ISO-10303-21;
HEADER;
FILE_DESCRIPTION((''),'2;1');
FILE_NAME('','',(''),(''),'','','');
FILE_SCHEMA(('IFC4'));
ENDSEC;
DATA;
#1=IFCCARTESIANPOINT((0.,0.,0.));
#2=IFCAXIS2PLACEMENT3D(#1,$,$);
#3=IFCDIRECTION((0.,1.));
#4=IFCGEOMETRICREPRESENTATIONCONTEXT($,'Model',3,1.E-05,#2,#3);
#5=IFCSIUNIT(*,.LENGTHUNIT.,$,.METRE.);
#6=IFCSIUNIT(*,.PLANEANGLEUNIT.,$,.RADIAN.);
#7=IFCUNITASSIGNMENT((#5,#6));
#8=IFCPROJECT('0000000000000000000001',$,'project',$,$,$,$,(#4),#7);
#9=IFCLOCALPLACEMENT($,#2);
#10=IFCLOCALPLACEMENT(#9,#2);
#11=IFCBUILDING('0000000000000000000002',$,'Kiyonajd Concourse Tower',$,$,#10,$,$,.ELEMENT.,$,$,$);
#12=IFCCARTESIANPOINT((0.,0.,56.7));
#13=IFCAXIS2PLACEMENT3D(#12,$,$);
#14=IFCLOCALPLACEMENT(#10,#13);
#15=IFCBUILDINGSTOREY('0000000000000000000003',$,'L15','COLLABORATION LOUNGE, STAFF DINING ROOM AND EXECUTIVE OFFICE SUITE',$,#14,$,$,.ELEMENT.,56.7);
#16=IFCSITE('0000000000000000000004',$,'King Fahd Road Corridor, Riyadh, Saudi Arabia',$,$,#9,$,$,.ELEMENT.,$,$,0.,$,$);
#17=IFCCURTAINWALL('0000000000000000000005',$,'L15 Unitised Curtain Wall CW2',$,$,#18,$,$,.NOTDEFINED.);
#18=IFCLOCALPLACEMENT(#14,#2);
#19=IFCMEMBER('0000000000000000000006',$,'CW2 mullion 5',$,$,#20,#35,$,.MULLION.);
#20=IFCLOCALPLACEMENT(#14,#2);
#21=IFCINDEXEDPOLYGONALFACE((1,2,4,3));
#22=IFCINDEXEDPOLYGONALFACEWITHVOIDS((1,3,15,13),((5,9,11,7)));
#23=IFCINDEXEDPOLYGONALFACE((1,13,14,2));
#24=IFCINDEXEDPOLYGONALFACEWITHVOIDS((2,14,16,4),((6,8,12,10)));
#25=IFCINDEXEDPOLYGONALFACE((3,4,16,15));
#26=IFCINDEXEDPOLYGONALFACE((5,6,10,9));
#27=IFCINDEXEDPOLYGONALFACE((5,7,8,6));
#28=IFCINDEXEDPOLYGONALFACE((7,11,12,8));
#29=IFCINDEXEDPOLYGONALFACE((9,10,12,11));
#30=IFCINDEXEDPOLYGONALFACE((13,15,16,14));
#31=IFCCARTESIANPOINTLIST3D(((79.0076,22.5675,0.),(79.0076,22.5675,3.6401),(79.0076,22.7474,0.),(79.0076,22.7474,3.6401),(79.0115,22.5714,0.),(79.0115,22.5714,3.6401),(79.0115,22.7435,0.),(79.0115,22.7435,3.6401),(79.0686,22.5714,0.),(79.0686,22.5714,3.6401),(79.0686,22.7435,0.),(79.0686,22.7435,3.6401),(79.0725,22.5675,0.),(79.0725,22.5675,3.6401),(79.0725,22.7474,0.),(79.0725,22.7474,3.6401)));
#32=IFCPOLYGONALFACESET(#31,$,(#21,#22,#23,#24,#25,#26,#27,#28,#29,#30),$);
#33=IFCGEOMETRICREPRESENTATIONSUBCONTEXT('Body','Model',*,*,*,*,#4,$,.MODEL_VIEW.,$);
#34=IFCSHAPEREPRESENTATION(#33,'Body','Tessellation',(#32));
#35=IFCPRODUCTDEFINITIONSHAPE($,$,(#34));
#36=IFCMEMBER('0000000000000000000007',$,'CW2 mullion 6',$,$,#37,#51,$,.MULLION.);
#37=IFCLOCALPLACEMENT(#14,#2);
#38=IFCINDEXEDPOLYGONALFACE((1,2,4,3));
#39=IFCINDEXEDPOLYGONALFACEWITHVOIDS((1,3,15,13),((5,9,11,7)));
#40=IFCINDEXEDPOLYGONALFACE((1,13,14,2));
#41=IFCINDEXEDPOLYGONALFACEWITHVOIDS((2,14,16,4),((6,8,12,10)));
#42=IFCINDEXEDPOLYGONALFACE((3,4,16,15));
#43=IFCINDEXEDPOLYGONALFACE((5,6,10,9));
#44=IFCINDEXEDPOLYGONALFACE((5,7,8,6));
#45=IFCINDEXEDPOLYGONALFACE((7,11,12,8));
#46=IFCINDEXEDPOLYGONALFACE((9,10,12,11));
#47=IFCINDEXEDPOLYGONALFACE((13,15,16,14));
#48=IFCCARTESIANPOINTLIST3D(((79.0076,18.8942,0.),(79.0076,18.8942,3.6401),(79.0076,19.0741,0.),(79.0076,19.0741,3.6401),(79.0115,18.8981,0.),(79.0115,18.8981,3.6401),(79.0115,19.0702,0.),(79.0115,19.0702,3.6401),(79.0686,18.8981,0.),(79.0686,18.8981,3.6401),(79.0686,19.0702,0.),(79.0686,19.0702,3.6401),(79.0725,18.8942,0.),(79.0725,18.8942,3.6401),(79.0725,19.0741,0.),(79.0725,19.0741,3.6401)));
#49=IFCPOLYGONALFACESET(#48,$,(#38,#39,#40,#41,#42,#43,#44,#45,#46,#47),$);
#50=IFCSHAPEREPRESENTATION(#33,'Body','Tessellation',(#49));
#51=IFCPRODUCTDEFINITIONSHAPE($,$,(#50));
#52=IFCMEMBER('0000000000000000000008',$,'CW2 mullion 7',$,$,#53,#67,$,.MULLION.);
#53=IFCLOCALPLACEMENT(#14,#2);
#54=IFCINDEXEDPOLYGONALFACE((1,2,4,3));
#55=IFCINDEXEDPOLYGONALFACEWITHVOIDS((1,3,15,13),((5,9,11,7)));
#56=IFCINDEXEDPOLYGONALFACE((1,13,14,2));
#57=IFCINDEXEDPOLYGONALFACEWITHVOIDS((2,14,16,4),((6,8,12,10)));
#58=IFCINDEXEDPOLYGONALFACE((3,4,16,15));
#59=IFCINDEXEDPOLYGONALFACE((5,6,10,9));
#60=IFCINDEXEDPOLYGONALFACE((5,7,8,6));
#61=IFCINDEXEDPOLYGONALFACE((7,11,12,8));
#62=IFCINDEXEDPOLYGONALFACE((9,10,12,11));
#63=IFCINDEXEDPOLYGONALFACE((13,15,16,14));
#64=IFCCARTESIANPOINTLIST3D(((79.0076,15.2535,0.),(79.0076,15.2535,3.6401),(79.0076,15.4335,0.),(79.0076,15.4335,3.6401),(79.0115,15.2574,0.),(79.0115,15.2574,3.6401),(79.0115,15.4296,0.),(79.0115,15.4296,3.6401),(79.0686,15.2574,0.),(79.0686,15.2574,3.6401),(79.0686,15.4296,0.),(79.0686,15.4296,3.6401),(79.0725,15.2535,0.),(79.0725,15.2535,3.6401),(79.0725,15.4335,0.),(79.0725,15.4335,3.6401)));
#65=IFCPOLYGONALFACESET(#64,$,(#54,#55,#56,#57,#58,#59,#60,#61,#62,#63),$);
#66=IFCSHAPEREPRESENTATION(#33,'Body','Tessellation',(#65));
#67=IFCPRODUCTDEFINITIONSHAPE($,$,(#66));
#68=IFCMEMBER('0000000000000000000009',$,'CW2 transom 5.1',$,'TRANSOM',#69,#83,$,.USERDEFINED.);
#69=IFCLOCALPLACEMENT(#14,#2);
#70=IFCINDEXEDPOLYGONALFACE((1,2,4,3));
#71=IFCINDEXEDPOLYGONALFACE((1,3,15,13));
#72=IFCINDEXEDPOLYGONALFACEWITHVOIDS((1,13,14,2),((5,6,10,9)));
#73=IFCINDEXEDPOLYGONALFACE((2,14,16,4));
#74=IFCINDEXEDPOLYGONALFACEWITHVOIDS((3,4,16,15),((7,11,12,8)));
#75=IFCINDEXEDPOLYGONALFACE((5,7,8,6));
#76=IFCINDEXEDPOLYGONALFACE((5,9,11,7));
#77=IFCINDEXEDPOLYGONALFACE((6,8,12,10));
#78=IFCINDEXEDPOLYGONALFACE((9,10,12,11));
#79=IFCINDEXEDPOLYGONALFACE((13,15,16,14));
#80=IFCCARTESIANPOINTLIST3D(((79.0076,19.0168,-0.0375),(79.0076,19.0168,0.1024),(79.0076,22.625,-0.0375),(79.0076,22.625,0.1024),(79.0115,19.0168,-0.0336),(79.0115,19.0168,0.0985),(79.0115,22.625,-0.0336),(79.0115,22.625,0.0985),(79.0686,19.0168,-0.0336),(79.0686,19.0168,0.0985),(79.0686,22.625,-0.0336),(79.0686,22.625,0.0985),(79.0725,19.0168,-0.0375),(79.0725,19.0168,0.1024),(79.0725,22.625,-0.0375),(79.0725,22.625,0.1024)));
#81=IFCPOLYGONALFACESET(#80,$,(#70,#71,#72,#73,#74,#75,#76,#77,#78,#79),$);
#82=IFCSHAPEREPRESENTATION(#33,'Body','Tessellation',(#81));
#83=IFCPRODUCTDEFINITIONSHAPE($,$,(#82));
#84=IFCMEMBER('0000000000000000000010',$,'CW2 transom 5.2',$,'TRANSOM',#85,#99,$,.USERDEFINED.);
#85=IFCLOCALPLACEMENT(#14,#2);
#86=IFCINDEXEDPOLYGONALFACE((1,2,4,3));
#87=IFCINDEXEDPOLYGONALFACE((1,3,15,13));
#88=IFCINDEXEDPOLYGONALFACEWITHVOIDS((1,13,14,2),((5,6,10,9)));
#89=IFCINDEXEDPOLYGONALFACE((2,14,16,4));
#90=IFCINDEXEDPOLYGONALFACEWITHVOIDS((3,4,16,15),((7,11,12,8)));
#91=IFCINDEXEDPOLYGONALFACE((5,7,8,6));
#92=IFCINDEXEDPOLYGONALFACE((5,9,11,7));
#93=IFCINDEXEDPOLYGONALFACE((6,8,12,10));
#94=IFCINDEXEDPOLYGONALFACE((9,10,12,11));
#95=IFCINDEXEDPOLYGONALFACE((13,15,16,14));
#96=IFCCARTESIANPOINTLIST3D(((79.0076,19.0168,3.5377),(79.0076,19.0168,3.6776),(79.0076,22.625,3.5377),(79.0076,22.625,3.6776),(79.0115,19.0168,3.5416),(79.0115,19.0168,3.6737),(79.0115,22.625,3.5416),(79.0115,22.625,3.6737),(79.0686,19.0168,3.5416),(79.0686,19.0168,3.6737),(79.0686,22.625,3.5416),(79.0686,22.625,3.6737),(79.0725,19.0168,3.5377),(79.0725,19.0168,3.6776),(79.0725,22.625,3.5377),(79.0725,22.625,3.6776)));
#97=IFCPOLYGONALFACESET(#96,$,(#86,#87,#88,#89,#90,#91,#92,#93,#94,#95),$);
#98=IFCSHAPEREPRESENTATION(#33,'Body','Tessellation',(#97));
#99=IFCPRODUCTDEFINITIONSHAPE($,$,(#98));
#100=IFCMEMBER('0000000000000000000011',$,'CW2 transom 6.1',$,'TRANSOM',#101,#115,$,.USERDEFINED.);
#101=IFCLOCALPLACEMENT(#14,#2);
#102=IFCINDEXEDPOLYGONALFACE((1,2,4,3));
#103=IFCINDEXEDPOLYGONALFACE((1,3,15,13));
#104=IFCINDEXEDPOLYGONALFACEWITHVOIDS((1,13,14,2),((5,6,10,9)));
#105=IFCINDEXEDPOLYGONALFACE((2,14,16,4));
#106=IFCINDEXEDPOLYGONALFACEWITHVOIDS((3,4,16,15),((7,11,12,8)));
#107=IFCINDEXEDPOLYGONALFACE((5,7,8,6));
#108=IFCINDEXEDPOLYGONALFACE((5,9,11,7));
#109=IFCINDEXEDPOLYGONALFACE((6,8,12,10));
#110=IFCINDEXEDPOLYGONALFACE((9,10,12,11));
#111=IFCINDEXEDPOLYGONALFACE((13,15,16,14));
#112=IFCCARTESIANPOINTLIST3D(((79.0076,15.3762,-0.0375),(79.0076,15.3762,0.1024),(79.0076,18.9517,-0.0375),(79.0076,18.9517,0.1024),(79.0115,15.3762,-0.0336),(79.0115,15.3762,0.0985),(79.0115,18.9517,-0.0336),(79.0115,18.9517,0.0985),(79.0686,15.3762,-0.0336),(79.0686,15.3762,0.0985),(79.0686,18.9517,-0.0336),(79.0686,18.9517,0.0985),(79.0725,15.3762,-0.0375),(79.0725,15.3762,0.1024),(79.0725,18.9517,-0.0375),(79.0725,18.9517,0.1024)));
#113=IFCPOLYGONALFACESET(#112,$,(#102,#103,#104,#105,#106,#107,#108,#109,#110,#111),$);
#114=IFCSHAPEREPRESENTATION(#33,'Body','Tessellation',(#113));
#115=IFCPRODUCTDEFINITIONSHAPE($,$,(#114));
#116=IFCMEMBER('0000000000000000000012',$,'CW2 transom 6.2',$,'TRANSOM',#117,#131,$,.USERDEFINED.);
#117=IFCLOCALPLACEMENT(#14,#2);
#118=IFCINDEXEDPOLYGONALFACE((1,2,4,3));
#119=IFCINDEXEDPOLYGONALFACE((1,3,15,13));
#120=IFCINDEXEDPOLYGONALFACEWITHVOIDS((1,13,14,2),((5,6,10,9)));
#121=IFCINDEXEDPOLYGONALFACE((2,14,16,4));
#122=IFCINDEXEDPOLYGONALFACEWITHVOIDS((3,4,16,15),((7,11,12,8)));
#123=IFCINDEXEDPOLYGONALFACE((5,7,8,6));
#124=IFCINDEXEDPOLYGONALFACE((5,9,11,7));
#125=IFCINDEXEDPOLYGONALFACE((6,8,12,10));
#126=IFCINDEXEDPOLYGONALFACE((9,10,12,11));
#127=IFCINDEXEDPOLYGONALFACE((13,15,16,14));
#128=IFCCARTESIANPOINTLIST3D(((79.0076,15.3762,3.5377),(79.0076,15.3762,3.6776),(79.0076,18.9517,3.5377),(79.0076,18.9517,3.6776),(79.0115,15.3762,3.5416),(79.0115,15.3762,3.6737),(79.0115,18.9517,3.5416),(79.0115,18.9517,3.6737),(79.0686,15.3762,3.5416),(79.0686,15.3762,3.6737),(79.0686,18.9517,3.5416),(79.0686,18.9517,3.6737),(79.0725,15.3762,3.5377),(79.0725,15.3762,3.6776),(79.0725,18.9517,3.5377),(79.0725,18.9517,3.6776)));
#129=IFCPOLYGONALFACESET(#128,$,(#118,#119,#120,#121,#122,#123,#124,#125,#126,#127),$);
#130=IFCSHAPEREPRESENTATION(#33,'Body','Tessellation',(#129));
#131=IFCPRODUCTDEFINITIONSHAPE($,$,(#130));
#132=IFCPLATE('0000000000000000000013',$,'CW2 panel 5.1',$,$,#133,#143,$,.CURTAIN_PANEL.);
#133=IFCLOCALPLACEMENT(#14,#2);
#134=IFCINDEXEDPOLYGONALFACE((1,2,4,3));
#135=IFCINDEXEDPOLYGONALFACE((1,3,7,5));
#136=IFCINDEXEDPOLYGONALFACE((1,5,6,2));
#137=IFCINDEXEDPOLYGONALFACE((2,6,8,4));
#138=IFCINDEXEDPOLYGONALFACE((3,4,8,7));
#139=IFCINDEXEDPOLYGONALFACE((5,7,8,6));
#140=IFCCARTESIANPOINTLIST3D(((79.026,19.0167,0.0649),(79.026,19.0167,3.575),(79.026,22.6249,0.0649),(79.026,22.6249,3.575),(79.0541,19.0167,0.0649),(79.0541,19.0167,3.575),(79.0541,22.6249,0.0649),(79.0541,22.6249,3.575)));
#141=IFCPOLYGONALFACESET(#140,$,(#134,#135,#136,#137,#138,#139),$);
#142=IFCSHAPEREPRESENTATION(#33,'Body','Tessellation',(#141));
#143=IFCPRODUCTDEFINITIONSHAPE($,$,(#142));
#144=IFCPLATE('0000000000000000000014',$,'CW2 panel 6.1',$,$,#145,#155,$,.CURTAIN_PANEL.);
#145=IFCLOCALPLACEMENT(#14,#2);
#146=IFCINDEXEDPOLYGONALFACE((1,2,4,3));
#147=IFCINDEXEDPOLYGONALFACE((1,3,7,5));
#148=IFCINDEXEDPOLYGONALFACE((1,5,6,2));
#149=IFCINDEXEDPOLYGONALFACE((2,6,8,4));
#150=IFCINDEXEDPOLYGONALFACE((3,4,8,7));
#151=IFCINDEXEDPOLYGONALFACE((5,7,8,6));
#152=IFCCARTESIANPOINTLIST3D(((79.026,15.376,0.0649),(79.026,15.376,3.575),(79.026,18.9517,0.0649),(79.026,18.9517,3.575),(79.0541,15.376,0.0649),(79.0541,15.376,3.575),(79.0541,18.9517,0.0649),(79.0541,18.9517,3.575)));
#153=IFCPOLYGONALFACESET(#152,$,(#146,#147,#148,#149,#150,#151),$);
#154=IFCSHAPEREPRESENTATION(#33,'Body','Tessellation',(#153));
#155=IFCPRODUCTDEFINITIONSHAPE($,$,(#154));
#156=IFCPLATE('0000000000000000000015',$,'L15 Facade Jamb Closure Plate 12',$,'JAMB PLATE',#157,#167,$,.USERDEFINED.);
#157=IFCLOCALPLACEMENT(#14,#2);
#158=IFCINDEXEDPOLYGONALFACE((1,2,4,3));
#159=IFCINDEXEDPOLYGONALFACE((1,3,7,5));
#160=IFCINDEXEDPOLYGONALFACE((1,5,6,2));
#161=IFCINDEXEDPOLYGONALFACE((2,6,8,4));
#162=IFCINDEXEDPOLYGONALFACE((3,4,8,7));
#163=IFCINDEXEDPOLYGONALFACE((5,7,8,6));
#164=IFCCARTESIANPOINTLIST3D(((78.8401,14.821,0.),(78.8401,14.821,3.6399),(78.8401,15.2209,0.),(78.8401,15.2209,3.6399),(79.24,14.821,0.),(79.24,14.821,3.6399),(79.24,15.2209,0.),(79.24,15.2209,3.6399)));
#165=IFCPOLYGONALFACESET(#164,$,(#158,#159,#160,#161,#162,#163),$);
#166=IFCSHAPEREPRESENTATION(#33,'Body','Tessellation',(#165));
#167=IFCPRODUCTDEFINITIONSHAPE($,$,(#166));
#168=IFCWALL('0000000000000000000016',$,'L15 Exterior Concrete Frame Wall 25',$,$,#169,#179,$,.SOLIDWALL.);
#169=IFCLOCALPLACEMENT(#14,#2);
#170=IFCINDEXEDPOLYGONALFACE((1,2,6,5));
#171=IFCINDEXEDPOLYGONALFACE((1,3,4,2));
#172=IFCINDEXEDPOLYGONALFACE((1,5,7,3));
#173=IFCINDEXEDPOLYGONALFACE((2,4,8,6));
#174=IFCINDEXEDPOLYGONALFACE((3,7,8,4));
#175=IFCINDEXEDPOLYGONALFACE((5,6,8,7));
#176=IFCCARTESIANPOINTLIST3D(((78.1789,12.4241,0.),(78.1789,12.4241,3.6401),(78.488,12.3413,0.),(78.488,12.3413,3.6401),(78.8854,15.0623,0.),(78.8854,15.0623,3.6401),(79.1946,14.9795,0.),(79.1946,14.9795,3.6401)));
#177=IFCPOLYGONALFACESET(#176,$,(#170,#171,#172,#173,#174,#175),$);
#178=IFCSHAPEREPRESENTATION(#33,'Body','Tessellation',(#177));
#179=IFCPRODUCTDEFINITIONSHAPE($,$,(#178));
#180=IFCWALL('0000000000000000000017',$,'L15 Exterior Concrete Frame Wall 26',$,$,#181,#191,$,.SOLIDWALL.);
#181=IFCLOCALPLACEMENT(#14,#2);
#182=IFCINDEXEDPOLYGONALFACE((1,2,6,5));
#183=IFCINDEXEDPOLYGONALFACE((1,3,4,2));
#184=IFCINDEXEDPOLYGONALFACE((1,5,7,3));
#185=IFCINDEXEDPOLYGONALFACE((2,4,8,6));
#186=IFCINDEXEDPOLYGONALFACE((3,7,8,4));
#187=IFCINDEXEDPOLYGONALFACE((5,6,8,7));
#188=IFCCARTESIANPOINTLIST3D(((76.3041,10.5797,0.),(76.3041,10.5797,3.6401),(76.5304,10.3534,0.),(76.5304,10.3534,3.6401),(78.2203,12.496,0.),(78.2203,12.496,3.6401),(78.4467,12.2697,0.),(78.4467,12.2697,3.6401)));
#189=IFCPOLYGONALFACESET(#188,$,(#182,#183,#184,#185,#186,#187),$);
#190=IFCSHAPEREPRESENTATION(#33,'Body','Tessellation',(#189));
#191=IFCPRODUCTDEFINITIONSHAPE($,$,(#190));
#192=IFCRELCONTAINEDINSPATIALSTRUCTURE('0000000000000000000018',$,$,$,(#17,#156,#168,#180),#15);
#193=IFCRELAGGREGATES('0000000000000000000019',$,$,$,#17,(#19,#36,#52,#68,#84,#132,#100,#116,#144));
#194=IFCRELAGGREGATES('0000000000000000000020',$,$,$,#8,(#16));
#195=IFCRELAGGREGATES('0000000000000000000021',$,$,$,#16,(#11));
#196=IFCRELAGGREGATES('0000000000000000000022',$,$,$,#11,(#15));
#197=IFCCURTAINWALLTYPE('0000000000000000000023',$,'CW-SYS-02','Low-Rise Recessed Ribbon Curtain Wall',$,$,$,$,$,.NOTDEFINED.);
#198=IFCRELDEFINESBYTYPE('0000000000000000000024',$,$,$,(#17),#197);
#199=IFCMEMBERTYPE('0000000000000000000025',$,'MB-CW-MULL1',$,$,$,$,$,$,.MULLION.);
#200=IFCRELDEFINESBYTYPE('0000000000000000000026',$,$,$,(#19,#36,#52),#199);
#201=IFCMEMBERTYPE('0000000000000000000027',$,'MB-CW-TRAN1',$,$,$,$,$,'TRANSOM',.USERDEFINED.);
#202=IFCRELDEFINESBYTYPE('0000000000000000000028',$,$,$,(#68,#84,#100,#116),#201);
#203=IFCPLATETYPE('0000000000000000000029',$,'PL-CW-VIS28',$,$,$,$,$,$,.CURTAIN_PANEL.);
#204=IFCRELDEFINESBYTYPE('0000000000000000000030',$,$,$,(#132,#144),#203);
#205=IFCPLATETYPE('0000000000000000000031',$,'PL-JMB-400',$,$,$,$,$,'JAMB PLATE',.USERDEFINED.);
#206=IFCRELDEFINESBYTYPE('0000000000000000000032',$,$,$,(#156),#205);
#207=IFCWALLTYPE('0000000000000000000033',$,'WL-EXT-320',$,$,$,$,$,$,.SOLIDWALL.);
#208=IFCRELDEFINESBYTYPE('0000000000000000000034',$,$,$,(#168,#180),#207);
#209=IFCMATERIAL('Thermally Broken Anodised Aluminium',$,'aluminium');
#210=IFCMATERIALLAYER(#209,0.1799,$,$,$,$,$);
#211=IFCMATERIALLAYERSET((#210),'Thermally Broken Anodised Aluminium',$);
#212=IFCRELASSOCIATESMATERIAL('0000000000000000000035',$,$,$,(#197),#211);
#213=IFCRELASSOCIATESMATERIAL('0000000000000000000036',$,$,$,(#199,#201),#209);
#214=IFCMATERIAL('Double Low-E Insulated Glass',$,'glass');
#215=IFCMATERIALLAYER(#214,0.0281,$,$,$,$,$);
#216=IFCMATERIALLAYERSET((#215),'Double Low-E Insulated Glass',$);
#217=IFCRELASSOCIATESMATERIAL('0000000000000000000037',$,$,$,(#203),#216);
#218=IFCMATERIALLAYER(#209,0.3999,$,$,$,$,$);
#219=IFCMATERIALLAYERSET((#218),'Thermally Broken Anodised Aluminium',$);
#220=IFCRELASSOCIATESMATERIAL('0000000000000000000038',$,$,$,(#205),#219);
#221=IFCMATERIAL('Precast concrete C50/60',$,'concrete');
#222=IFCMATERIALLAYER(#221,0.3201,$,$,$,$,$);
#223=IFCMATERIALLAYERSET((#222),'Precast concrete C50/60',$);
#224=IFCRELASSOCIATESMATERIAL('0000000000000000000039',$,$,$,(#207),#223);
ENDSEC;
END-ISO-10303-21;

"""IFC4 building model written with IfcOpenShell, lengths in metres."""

from ifc_helpers import new_model, si_unit, direction, frame, frame_2d, origin, origin_2d, place, context, subcontext, project, spatial, rectangle, hollow_rectangle, extrude, material, layer, layer_set, material_profile, profile_set, type_object, element, aggregate, save


model = new_model("IFC4")

# Units and contexts
model_context = context("Model", 3, precision=1e-05, world=origin(), true_north=direction((0.0, 1.0)))
body_context = subcontext(model_context, "Body", "Model", "MODEL_VIEW")
ifc_project = project(units=[si_unit("LENGTHUNIT", "METRE"), si_unit("PLANEANGLEUNIT", "RADIAN")], contexts=[model_context])

# Site, building, storey
site_placement = place(None, origin())
site = spatial("IfcSite", under=ifc_project, at=site_placement, Name="King Fahd Road Corridor, Riyadh, Saudi Arabia", CompositionType="ELEMENT", RefElevation=0.0)
building_placement = place(site_placement, origin())
building = spatial("IfcBuilding", under=site, at=building_placement, Name="Kiyonajd Concourse Tower", CompositionType="ELEMENT")
storey_placement = place(building_placement, frame((0.0, 0.0, 56.7)))
storey = spatial("IfcBuildingStorey", under=building, at=storey_placement, Name="L15", Description="COLLABORATION LOUNGE, STAFF DINING ROOM AND EXECUTIVE OFFICE SUITE", CompositionType="ELEMENT", Elevation=56.7)

# Shared definitions
ifc_material_1 = material(Name="Precast concrete C50/60", Category="concrete")

# Curtain wall, members, plates
ifc_material_2 = material(Name="Thermally Broken Anodised Aluminium", Category="aluminium")
ifc_layer_1 = layer(ifc_material_2, 0.1799)
ifc_layer_set_1 = layer_set([ifc_layer_1], Name="Thermally Broken Anodised Aluminium")
curtain_wall_type = type_object("IfcCurtainWallType", Name="CW-SYS-02", Description="Low-Rise Recessed Ribbon Curtain Wall", PredefinedType="NOTDEFINED", material=ifc_layer_set_1)
curtain_wall_placement = place(storey_placement, origin())
curtain_wall = element("IfcCurtainWall", 1, at=curtain_wall_placement, inside=storey, type_object=curtain_wall_type, Name="L15 Unitised Curtain Wall CW2", PredefinedType="NOTDEFINED")
ifc_material_profile_1 = material_profile(ifc_material_2, hollow_rectangle(XDim=0.0649, YDim=0.1799, WallThickness=0.0039, at=origin_2d()), Name="MULL-65x180")
ifc_profile_set_1 = profile_set([ifc_material_profile_1], Name="Thermally Broken Anodised Aluminium")
member_type_1 = type_object("IfcMemberType", Name="MB-CW-MULL1", PredefinedType="MULLION", material=ifc_profile_set_1)
member_1_placement = place(storey_placement, frame((79.04, 22.6575, 0.0), z_axis=(0.0, 0.0, 1.0), x_axis=(1.0, 0.0, 0.0)))
member_1 = element("IfcMember", 2, at=member_1_placement, type_object=member_type_1, Name="CW2 mullion 5", PredefinedType="MULLION", context=body_context, shape_type="SweptSolid", body=[
    extrude(hollow_rectangle(XDim=0.0649, YDim=0.1799, WallThickness=0.0039, at=origin_2d()), origin(), (0.0, 0.0, 1.0), 3.6401),
])
member_2_placement = place(storey_placement, frame((79.04, 18.9841, 0.0), z_axis=(0.0, 0.0, 1.0), x_axis=(1.0, 0.0, 0.0)))
member_2 = element("IfcMember", 3, at=member_2_placement, type_object=member_type_1, Name="CW2 mullion 6", PredefinedType="MULLION", context=body_context, shape_type="SweptSolid", body=[
    extrude(hollow_rectangle(XDim=0.0649, YDim=0.1799, WallThickness=0.0039, at=origin_2d()), origin(), (0.0, 0.0, 1.0), 3.6401),
])
member_3_placement = place(storey_placement, frame((79.04, 15.3435, 0.0), z_axis=(0.0, 0.0, 1.0), x_axis=(1.0, 0.0, 0.0)))
member_3 = element("IfcMember", 4, at=member_3_placement, type_object=member_type_1, Name="CW2 mullion 7", PredefinedType="MULLION", context=body_context, shape_type="SweptSolid", body=[
    extrude(hollow_rectangle(XDim=0.0649, YDim=0.1799, WallThickness=0.0039, at=origin_2d()), origin(), (0.0, 0.0, 1.0), 3.6401),
])
ifc_material_profile_2 = material_profile(ifc_material_2, hollow_rectangle(XDim=0.0649, YDim=0.1399, WallThickness=0.0039, at=origin_2d()), Name="TRAN-65x140")
ifc_profile_set_2 = profile_set([ifc_material_profile_2], Name="Thermally Broken Anodised Aluminium")
member_type_2 = type_object("IfcMemberType", Name="MB-CW-TRAN1", ElementType="TRANSOM", PredefinedType="USERDEFINED", material=ifc_profile_set_2)
member_4_placement = place(storey_placement, frame((79.04, 22.625, 0.0325), z_axis=(0.0, -1.0, 0.0), x_axis=(1.0, 0.0, 0.0)))
member_4 = element("IfcMember", 5, at=member_4_placement, type_object=member_type_2, Name="CW2 transom 5.1", ObjectType="TRANSOM", PredefinedType="USERDEFINED", context=body_context, shape_type="SweptSolid", body=[
    extrude(hollow_rectangle(XDim=0.0649, YDim=0.1399, WallThickness=0.0039, at=origin_2d()), origin(), (0.0, 0.0, 1.0), 3.6082),
])
member_5_placement = place(storey_placement, frame((79.04, 22.625, 3.6077), z_axis=(0.0, -1.0, 0.0), x_axis=(1.0, 0.0, 0.0)))
member_5 = element("IfcMember", 6, at=member_5_placement, type_object=member_type_2, Name="CW2 transom 5.2", ObjectType="TRANSOM", PredefinedType="USERDEFINED", context=body_context, shape_type="SweptSolid", body=[
    extrude(hollow_rectangle(XDim=0.0649, YDim=0.1399, WallThickness=0.0039, at=origin_2d()), origin(), (0.0, 0.0, 1.0), 3.6082),
])
member_6_placement = place(storey_placement, frame((79.04, 18.9517, 0.0325), z_axis=(0.0, -1.0, 0.0), x_axis=(1.0, 0.0, 0.0)))
member_6 = element("IfcMember", 7, at=member_6_placement, type_object=member_type_2, Name="CW2 transom 6.1", ObjectType="TRANSOM", PredefinedType="USERDEFINED", context=body_context, shape_type="SweptSolid", body=[
    extrude(hollow_rectangle(XDim=0.0649, YDim=0.1399, WallThickness=0.0039, at=origin_2d()), origin(), (0.0, 0.0, 1.0), 3.5754),
])
member_7_placement = place(storey_placement, frame((79.04, 18.9517, 3.6077), z_axis=(0.0, -1.0, 0.0), x_axis=(1.0, 0.0, 0.0)))
member_7 = element("IfcMember", 8, at=member_7_placement, type_object=member_type_2, Name="CW2 transom 6.2", ObjectType="TRANSOM", PredefinedType="USERDEFINED", context=body_context, shape_type="SweptSolid", body=[
    extrude(hollow_rectangle(XDim=0.0649, YDim=0.1399, WallThickness=0.0039, at=origin_2d()), origin(), (0.0, 0.0, 1.0), 3.5754),
])
ifc_material_3 = material(Name="Double Low-E Insulated Glass", Category="glass")
ifc_layer_2 = layer(ifc_material_3, 0.0281)
ifc_layer_set_2 = layer_set([ifc_layer_2], Name="Double Low-E Insulated Glass")
plate_type_1 = type_object("IfcPlateType", Name="PL-CW-VIS28", PredefinedType="CURTAIN_PANEL", material=ifc_layer_set_2)
plate_1_placement = place(storey_placement, frame((79.04, 20.8208, 0.0649), z_axis=(0.0, 0.0, 1.0), x_axis=(0.0, -1.0, 0.0)))
plate_1 = element("IfcPlate", 9, at=plate_1_placement, type_object=plate_type_1, Name="CW2 panel 5.1", PredefinedType="CURTAIN_PANEL", context=body_context, shape_type="SweptSolid", body=[
    extrude(rectangle(XDim=3.6082, YDim=0.0281, at=origin_2d()), origin(), (0.0, 0.0, 1.0), 3.51),
])
plate_2_placement = place(storey_placement, frame((79.04, 17.1638, 0.0649), z_axis=(0.0, 0.0, 1.0), x_axis=(0.0, -1.0, 0.0)))
plate_2 = element("IfcPlate", 10, at=plate_2_placement, type_object=plate_type_1, Name="CW2 panel 6.1", PredefinedType="CURTAIN_PANEL", context=body_context, shape_type="SweptSolid", body=[
    extrude(rectangle(XDim=3.5757, YDim=0.0281, at=origin_2d()), origin(), (0.0, 0.0, 1.0), 3.51),
])
aggregate(curtain_wall, [member_1, member_2, member_3, member_4, member_5, plate_1, member_6, member_7, plate_2])

# Plate
ifc_layer_3 = layer(ifc_material_2, 0.3999)
ifc_layer_set_3 = layer_set([ifc_layer_3], Name="Thermally Broken Anodised Aluminium")
plate_type_2 = type_object("IfcPlateType", Name="PL-JMB-400", ElementType="JAMB PLATE", PredefinedType="USERDEFINED", material=ifc_layer_set_3)
plate_3_placement = place(storey_placement, frame((79.04, 15.021, 0.0), z_axis=(0.0, 0.0, 1.0), x_axis=(1.0, 0.0, 0.0)))
element("IfcPlate", 11, at=plate_3_placement, inside=storey, type_object=plate_type_2, Name="L15 Facade Jamb Closure Plate 12", ObjectType="JAMB PLATE", PredefinedType="USERDEFINED", context=body_context, shape_type="SweptSolid", body=[
    extrude(rectangle(XDim=0.3999, YDim=0.3999, at=origin_2d()), origin(), (0.0, 0.0, 1.0), 3.6399),
])

# Walls
ifc_layer_4 = layer(ifc_material_1, 0.3201)
ifc_layer_set_4 = layer_set([ifc_layer_4], Name="Precast concrete C50/60")
wall_type_1 = type_object("IfcWallType", Name="WL-EXT-320", PredefinedType="SOLIDWALL", material=ifc_layer_set_4)
wall_1_placement = place(storey_placement, frame((79.04, 15.021, 0.0), z_axis=(0.0, 0.0, 1.0), x_axis=(-0.258697, -0.965958, 0.0)))
element("IfcWall", 12, at=wall_1_placement, inside=storey, type_object=wall_type_1, Name="L15 Exterior Concrete Frame Wall 25", PredefinedType="SOLIDWALL", context=body_context, shape_type="SweptSolid", body=[
    extrude(rectangle(XDim=2.7312, YDim=0.3201, at=frame_2d((1.3657, 0.0))), origin(), (0.0, 0.0, 1.0), 3.6401),
])
wall_2_placement = place(storey_placement, frame((78.3335, 12.3828, 0.0), z_axis=(0.0, 0.0, 1.0), x_axis=(-0.707107, -0.707107, 0.0)))
element("IfcWall", 13, at=wall_2_placement, inside=storey, type_object=wall_type_1, Name="L15 Exterior Concrete Frame Wall 26", PredefinedType="SOLIDWALL", context=body_context, shape_type="SweptSolid", body=[
    extrude(rectangle(XDim=2.71, YDim=0.3201, at=frame_2d((1.355, 0.0))), origin(), (0.0, 0.0, 1.0), 3.6401),
])

save(model, "model.ifc")
